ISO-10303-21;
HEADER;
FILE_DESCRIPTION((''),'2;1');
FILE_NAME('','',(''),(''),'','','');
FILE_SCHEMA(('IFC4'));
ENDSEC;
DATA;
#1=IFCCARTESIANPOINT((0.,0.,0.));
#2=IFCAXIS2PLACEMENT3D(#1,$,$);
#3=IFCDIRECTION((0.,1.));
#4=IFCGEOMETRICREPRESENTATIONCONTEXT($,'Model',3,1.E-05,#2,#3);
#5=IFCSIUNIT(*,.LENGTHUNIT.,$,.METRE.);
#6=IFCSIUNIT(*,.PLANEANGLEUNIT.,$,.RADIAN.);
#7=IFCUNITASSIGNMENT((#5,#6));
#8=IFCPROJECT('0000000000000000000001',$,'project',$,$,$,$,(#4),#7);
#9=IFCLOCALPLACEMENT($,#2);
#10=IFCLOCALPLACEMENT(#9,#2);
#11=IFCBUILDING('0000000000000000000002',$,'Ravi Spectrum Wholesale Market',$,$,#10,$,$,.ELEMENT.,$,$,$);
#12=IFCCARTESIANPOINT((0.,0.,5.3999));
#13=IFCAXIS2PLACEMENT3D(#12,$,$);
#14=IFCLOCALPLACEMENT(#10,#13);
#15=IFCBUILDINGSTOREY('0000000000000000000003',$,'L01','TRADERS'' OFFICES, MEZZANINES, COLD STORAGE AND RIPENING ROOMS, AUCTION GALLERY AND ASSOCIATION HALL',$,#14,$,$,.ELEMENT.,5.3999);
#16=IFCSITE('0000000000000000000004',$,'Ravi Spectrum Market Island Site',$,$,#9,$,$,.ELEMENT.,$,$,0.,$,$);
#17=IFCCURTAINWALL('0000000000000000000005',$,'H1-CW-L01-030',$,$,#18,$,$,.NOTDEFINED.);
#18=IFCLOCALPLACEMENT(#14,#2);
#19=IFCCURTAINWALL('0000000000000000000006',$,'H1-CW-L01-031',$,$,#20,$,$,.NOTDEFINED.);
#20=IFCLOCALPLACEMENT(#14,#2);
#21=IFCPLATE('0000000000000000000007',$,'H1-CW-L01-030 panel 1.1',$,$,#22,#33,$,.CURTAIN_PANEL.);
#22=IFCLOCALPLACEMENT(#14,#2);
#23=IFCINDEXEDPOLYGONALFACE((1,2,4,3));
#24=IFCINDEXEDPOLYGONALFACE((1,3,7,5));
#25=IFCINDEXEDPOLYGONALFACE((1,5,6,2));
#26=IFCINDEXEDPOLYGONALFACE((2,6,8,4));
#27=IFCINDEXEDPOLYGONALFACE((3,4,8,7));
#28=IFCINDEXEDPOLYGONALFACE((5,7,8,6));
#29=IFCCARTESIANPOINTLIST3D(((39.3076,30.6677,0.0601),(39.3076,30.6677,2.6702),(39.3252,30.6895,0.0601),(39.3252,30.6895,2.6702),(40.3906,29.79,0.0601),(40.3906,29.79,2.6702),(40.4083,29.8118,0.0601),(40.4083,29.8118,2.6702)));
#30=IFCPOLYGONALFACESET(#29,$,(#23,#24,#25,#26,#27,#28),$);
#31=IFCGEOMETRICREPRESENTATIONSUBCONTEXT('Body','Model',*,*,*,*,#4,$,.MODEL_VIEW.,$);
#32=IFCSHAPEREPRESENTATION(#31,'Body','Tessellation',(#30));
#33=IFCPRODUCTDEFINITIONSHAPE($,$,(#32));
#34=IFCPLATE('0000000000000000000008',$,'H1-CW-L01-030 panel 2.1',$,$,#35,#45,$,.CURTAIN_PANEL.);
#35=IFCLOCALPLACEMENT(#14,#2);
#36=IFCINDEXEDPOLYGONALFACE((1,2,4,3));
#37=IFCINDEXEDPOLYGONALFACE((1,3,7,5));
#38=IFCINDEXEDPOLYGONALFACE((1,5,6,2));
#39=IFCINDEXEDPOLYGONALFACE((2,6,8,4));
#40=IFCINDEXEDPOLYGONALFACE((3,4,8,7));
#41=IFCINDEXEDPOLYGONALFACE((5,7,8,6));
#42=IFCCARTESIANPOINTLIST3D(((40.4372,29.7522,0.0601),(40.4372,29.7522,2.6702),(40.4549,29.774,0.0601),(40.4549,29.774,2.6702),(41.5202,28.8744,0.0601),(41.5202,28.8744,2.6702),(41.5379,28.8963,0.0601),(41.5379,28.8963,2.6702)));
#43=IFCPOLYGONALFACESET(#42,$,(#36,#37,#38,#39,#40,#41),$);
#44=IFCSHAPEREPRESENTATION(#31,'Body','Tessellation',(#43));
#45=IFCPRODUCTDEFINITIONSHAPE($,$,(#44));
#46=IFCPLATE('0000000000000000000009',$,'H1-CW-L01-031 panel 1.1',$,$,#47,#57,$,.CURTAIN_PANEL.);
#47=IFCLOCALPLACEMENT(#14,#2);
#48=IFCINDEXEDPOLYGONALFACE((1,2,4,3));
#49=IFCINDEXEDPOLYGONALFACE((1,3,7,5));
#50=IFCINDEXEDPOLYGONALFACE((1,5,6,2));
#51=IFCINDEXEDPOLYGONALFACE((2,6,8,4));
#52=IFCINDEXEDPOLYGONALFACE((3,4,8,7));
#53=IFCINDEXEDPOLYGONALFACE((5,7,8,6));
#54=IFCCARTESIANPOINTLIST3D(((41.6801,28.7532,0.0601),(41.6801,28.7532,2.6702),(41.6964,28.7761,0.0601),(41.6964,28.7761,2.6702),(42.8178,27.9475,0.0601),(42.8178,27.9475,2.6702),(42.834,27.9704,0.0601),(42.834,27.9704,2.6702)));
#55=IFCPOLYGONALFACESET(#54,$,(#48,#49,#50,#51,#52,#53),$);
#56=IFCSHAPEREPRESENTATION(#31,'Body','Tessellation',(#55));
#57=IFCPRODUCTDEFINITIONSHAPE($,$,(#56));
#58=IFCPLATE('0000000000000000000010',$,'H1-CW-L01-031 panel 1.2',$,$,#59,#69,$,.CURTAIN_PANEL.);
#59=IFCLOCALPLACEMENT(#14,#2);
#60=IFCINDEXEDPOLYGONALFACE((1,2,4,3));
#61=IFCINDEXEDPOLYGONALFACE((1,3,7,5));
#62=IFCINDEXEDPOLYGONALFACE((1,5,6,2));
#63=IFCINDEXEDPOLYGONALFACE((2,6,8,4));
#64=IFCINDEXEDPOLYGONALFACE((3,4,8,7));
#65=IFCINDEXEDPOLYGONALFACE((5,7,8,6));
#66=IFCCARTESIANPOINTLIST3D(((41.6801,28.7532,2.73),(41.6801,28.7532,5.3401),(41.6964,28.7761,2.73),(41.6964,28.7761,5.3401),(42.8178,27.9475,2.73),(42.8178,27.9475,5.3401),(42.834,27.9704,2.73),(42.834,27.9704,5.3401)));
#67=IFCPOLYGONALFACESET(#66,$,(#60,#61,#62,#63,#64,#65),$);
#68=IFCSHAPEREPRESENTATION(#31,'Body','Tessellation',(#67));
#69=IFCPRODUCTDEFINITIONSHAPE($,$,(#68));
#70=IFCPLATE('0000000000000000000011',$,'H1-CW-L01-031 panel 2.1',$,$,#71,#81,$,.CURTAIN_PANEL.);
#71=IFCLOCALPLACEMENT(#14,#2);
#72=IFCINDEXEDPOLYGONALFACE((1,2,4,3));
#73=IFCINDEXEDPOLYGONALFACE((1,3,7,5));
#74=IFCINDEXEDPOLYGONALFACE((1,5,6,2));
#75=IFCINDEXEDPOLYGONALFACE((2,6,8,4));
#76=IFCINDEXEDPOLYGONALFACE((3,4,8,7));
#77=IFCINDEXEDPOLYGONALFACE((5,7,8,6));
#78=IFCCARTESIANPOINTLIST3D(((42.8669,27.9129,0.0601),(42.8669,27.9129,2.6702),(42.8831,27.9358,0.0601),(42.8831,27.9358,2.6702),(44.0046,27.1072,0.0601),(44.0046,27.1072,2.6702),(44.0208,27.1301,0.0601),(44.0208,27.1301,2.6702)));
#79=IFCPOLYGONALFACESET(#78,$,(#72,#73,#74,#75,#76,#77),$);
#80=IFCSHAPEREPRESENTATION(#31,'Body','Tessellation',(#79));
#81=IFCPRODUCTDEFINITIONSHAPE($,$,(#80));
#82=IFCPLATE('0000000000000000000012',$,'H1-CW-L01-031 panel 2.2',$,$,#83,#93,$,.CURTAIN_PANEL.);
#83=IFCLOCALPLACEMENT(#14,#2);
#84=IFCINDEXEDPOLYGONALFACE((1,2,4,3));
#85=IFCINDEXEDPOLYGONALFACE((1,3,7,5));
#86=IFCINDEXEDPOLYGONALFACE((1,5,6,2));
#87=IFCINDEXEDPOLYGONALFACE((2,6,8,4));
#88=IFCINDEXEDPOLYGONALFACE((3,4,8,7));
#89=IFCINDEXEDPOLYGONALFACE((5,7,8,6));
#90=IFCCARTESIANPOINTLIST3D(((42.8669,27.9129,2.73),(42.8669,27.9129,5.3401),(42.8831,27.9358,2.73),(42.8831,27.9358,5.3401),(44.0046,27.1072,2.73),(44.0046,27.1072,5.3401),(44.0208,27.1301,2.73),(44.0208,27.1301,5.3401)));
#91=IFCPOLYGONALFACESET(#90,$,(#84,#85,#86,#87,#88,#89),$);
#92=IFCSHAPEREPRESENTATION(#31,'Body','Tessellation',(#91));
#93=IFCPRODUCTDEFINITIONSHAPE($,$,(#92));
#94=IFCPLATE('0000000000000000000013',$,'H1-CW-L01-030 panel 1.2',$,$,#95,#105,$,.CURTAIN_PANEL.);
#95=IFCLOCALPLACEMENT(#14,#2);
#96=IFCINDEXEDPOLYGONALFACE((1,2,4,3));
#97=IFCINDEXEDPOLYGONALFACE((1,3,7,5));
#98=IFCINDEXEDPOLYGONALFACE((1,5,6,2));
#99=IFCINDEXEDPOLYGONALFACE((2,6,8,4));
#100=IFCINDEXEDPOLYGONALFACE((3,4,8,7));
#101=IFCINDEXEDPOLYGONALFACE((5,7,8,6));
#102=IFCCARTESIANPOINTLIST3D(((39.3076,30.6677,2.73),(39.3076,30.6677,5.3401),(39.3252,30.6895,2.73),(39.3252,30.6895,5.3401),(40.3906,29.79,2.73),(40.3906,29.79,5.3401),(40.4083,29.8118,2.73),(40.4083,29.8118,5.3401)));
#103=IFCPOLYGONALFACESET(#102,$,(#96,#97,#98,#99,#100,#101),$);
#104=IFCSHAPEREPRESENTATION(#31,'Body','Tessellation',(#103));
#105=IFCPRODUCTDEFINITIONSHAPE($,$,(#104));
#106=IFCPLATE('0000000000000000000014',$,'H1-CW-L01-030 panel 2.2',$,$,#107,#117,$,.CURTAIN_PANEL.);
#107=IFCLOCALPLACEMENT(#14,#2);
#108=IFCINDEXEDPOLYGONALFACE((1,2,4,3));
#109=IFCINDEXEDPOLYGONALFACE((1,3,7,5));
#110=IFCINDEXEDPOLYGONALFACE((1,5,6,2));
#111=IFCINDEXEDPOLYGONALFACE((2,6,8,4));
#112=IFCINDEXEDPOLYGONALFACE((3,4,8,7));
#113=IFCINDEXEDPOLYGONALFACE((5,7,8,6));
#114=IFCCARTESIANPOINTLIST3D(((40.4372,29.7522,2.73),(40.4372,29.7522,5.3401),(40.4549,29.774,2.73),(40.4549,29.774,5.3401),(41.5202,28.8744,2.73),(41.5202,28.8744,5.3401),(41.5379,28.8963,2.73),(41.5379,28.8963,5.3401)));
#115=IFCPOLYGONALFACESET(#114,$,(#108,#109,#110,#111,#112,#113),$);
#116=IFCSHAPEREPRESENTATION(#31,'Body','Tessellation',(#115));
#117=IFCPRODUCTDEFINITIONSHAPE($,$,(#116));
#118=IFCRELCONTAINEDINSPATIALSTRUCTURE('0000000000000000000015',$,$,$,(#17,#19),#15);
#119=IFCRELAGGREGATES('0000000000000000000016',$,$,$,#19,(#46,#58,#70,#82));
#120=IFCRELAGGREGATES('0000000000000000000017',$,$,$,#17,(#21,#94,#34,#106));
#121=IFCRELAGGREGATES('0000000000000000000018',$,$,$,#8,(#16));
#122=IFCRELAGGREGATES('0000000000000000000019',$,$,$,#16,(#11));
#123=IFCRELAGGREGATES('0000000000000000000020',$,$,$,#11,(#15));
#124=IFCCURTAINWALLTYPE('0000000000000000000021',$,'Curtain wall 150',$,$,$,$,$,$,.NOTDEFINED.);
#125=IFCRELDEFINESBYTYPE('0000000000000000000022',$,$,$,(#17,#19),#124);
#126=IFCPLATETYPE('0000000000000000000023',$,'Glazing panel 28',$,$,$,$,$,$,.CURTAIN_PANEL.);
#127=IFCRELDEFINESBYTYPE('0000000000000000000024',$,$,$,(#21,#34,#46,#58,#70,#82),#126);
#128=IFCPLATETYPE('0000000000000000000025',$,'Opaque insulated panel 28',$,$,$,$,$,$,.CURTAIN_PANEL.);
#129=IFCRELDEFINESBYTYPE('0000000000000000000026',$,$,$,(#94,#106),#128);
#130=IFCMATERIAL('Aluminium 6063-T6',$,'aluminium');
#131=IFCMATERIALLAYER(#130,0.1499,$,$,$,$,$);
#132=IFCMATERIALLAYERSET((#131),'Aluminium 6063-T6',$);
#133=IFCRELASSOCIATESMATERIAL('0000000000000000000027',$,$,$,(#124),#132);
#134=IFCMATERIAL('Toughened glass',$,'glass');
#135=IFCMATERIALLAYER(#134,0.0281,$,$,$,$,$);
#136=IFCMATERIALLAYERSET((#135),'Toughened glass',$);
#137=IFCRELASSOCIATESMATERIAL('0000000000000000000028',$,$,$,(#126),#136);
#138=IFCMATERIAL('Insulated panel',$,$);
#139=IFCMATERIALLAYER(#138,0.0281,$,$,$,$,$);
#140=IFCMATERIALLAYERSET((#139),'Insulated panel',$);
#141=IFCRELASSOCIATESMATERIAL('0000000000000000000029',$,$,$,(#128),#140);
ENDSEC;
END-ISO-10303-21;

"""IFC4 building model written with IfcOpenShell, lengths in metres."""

from ifc_helpers import new_model, si_unit, direction, frame, origin, origin_2d, place, context, subcontext, project, spatial, rectangle, extrude, material, layer, layer_set, type_object, element, aggregate, save


model = new_model("IFC4")

# Units and contexts
model_context = context("Model", 3, precision=1e-05, world=origin(), true_north=direction((0.0, 1.0)))
body_context = subcontext(model_context, "Body", "Model", "MODEL_VIEW")
ifc_project = project(units=[si_unit("LENGTHUNIT", "METRE"), si_unit("PLANEANGLEUNIT", "RADIAN")], contexts=[model_context])

# Site, building, storey
site_placement = place(None, origin())
site = spatial("IfcSite", under=ifc_project, at=site_placement, Name="Ravi Spectrum Market Island Site", CompositionType="ELEMENT", RefElevation=0.0)
building_placement = place(site_placement, origin())
building = spatial("IfcBuilding", under=site, at=building_placement, Name="Ravi Spectrum Wholesale Market", CompositionType="ELEMENT")
storey_placement = place(building_placement, frame((0.0, 0.0, 5.3999)))
storey = spatial("IfcBuildingStorey", under=building, at=storey_placement, Name="L01", Description="TRADERS' OFFICES, MEZZANINES, COLD STORAGE AND RIPENING ROOMS, AUCTION GALLERY AND ASSOCIATION HALL", CompositionType="ELEMENT", Elevation=5.3999)

# Curtain walls
ifc_material_1 = material(Name="Aluminium 6063-T6", Category="aluminium")
ifc_layer_1 = layer(ifc_material_1, 0.1499)
ifc_layer_set_1 = layer_set([ifc_layer_1], Name="Aluminium 6063-T6")
curtain_wall_type = type_object("IfcCurtainWallType", Name="Curtain wall 150", PredefinedType="NOTDEFINED", material=ifc_layer_set_1)
curtain_wall_1_placement = place(storey_placement, origin())
curtain_wall_1 = element("IfcCurtainWall", 1, at=curtain_wall_1_placement, inside=storey, type_object=curtain_wall_type, Name="H1-CW-L01-030", PredefinedType="NOTDEFINED")
curtain_wall_2_placement = place(storey_placement, origin())
curtain_wall_2 = element("IfcCurtainWall", 2, at=curtain_wall_2_placement, inside=storey, type_object=curtain_wall_type, Name="H1-CW-L01-031", PredefinedType="NOTDEFINED")

# Plates
ifc_material_2 = material(Name="Toughened glass", Category="glass")
ifc_layer_2 = layer(ifc_material_2, 0.0281)
ifc_layer_set_2 = layer_set([ifc_layer_2], Name="Toughened glass")
plate_type_1 = type_object("IfcPlateType", Name="Glazing panel 28", PredefinedType="CURTAIN_PANEL", material=ifc_layer_set_2)
plate_1_placement = place(storey_placement, frame((39.8579, 30.2397, 0.0601), z_axis=(0.0, 0.0, 1.0), x_axis=(0.776891, -0.629635, 0.0)))
plate_1 = element("IfcPlate", 3, at=plate_1_placement, type_object=plate_type_1, Name="H1-CW-L01-030 panel 1.1", PredefinedType="CURTAIN_PANEL", context=body_context, shape_type="SweptSolid", body=[
    extrude(rectangle(XDim=1.394, YDim=0.0281, at=origin_2d()), origin(), (0.0, 0.0, 1.0), 2.6101),
])
plate_2_placement = place(storey_placement, frame((40.9875, 29.3242, 0.0601), z_axis=(0.0, 0.0, 1.0), x_axis=(0.776891, -0.629635, 0.0)))
plate_2 = element("IfcPlate", 4, at=plate_2_placement, type_object=plate_type_1, Name="H1-CW-L01-030 panel 2.1", PredefinedType="CURTAIN_PANEL", context=body_context, shape_type="SweptSolid", body=[
    extrude(rectangle(XDim=1.394, YDim=0.0281, at=origin_2d()), origin(), (0.0, 0.0, 1.0), 2.6101),
])
plate_3_placement = place(storey_placement, frame((42.2571, 28.3618, 0.0601), z_axis=(0.0, 0.0, 1.0), x_axis=(0.81607, -0.577953, 0.0)))
plate_3 = element("IfcPlate", 5, at=plate_3_placement, type_object=plate_type_1, Name="H1-CW-L01-031 panel 1.1", PredefinedType="CURTAIN_PANEL", context=body_context, shape_type="SweptSolid", body=[
    extrude(rectangle(XDim=1.394, YDim=0.0281, at=origin_2d()), origin(), (0.0, 0.0, 1.0), 2.6101),
])
plate_4_placement = place(storey_placement, frame((42.2571, 28.3618, 2.73), z_axis=(0.0, 0.0, 1.0), x_axis=(0.81607, -0.577953, 0.0)))
plate_4 = element("IfcPlate", 6, at=plate_4_placement, type_object=plate_type_1, Name="H1-CW-L01-031 panel 1.2", PredefinedType="CURTAIN_PANEL", context=body_context, shape_type="SweptSolid", body=[
    extrude(rectangle(XDim=1.394, YDim=0.0281, at=origin_2d()), origin(), (0.0, 0.0, 1.0), 2.6101),
])
plate_5_placement = place(storey_placement, frame((43.4438, 27.5215, 0.0601), z_axis=(0.0, 0.0, 1.0), x_axis=(0.81607, -0.577953, 0.0)))
plate_5 = element("IfcPlate", 7, at=plate_5_placement, type_object=plate_type_1, Name="H1-CW-L01-031 panel 2.1", PredefinedType="CURTAIN_PANEL", context=body_context, shape_type="SweptSolid", body=[
    extrude(rectangle(XDim=1.394, YDim=0.0281, at=origin_2d()), origin(), (0.0, 0.0, 1.0), 2.6101),
])
plate_6_placement = place(storey_placement, frame((43.4438, 27.5215, 2.73), z_axis=(0.0, 0.0, 1.0), x_axis=(0.81607, -0.577953, 0.0)))
plate_6 = element("IfcPlate", 8, at=plate_6_placement, type_object=plate_type_1, Name="H1-CW-L01-031 panel 2.2", PredefinedType="CURTAIN_PANEL", context=body_context, shape_type="SweptSolid", body=[
    extrude(rectangle(XDim=1.394, YDim=0.0281, at=origin_2d()), origin(), (0.0, 0.0, 1.0), 2.6101),
])
aggregate(curtain_wall_2, [plate_3, plate_4, plate_5, plate_6])
ifc_material_3 = material(Name="Insulated panel")
ifc_layer_3 = layer(ifc_material_3, 0.0281)
ifc_layer_set_3 = layer_set([ifc_layer_3], Name="Insulated panel")
plate_type_2 = type_object("IfcPlateType", Name="Opaque insulated panel 28", PredefinedType="CURTAIN_PANEL", material=ifc_layer_set_3)
plate_7_placement = place(storey_placement, frame((39.8579, 30.2397, 2.73), z_axis=(0.0, 0.0, 1.0), x_axis=(0.776891, -0.629635, 0.0)))
plate_7 = element("IfcPlate", 9, at=plate_7_placement, type_object=plate_type_2, Name="H1-CW-L01-030 panel 1.2", PredefinedType="CURTAIN_PANEL", context=body_context, shape_type="SweptSolid", body=[
    extrude(rectangle(XDim=1.394, YDim=0.0281, at=origin_2d()), origin(), (0.0, 0.0, 1.0), 2.6101),
])
plate_8_placement = place(storey_placement, frame((40.9875, 29.3242, 2.73), z_axis=(0.0, 0.0, 1.0), x_axis=(0.776891, -0.629635, 0.0)))
plate_8 = element("IfcPlate", 10, at=plate_8_placement, type_object=plate_type_2, Name="H1-CW-L01-030 panel 2.2", PredefinedType="CURTAIN_PANEL", context=body_context, shape_type="SweptSolid", body=[
    extrude(rectangle(XDim=1.394, YDim=0.0281, at=origin_2d()), origin(), (0.0, 0.0, 1.0), 2.6101),
])
aggregate(curtain_wall_1, [plate_1, plate_7, plate_2, plate_8])

save(model, "model.ifc")
